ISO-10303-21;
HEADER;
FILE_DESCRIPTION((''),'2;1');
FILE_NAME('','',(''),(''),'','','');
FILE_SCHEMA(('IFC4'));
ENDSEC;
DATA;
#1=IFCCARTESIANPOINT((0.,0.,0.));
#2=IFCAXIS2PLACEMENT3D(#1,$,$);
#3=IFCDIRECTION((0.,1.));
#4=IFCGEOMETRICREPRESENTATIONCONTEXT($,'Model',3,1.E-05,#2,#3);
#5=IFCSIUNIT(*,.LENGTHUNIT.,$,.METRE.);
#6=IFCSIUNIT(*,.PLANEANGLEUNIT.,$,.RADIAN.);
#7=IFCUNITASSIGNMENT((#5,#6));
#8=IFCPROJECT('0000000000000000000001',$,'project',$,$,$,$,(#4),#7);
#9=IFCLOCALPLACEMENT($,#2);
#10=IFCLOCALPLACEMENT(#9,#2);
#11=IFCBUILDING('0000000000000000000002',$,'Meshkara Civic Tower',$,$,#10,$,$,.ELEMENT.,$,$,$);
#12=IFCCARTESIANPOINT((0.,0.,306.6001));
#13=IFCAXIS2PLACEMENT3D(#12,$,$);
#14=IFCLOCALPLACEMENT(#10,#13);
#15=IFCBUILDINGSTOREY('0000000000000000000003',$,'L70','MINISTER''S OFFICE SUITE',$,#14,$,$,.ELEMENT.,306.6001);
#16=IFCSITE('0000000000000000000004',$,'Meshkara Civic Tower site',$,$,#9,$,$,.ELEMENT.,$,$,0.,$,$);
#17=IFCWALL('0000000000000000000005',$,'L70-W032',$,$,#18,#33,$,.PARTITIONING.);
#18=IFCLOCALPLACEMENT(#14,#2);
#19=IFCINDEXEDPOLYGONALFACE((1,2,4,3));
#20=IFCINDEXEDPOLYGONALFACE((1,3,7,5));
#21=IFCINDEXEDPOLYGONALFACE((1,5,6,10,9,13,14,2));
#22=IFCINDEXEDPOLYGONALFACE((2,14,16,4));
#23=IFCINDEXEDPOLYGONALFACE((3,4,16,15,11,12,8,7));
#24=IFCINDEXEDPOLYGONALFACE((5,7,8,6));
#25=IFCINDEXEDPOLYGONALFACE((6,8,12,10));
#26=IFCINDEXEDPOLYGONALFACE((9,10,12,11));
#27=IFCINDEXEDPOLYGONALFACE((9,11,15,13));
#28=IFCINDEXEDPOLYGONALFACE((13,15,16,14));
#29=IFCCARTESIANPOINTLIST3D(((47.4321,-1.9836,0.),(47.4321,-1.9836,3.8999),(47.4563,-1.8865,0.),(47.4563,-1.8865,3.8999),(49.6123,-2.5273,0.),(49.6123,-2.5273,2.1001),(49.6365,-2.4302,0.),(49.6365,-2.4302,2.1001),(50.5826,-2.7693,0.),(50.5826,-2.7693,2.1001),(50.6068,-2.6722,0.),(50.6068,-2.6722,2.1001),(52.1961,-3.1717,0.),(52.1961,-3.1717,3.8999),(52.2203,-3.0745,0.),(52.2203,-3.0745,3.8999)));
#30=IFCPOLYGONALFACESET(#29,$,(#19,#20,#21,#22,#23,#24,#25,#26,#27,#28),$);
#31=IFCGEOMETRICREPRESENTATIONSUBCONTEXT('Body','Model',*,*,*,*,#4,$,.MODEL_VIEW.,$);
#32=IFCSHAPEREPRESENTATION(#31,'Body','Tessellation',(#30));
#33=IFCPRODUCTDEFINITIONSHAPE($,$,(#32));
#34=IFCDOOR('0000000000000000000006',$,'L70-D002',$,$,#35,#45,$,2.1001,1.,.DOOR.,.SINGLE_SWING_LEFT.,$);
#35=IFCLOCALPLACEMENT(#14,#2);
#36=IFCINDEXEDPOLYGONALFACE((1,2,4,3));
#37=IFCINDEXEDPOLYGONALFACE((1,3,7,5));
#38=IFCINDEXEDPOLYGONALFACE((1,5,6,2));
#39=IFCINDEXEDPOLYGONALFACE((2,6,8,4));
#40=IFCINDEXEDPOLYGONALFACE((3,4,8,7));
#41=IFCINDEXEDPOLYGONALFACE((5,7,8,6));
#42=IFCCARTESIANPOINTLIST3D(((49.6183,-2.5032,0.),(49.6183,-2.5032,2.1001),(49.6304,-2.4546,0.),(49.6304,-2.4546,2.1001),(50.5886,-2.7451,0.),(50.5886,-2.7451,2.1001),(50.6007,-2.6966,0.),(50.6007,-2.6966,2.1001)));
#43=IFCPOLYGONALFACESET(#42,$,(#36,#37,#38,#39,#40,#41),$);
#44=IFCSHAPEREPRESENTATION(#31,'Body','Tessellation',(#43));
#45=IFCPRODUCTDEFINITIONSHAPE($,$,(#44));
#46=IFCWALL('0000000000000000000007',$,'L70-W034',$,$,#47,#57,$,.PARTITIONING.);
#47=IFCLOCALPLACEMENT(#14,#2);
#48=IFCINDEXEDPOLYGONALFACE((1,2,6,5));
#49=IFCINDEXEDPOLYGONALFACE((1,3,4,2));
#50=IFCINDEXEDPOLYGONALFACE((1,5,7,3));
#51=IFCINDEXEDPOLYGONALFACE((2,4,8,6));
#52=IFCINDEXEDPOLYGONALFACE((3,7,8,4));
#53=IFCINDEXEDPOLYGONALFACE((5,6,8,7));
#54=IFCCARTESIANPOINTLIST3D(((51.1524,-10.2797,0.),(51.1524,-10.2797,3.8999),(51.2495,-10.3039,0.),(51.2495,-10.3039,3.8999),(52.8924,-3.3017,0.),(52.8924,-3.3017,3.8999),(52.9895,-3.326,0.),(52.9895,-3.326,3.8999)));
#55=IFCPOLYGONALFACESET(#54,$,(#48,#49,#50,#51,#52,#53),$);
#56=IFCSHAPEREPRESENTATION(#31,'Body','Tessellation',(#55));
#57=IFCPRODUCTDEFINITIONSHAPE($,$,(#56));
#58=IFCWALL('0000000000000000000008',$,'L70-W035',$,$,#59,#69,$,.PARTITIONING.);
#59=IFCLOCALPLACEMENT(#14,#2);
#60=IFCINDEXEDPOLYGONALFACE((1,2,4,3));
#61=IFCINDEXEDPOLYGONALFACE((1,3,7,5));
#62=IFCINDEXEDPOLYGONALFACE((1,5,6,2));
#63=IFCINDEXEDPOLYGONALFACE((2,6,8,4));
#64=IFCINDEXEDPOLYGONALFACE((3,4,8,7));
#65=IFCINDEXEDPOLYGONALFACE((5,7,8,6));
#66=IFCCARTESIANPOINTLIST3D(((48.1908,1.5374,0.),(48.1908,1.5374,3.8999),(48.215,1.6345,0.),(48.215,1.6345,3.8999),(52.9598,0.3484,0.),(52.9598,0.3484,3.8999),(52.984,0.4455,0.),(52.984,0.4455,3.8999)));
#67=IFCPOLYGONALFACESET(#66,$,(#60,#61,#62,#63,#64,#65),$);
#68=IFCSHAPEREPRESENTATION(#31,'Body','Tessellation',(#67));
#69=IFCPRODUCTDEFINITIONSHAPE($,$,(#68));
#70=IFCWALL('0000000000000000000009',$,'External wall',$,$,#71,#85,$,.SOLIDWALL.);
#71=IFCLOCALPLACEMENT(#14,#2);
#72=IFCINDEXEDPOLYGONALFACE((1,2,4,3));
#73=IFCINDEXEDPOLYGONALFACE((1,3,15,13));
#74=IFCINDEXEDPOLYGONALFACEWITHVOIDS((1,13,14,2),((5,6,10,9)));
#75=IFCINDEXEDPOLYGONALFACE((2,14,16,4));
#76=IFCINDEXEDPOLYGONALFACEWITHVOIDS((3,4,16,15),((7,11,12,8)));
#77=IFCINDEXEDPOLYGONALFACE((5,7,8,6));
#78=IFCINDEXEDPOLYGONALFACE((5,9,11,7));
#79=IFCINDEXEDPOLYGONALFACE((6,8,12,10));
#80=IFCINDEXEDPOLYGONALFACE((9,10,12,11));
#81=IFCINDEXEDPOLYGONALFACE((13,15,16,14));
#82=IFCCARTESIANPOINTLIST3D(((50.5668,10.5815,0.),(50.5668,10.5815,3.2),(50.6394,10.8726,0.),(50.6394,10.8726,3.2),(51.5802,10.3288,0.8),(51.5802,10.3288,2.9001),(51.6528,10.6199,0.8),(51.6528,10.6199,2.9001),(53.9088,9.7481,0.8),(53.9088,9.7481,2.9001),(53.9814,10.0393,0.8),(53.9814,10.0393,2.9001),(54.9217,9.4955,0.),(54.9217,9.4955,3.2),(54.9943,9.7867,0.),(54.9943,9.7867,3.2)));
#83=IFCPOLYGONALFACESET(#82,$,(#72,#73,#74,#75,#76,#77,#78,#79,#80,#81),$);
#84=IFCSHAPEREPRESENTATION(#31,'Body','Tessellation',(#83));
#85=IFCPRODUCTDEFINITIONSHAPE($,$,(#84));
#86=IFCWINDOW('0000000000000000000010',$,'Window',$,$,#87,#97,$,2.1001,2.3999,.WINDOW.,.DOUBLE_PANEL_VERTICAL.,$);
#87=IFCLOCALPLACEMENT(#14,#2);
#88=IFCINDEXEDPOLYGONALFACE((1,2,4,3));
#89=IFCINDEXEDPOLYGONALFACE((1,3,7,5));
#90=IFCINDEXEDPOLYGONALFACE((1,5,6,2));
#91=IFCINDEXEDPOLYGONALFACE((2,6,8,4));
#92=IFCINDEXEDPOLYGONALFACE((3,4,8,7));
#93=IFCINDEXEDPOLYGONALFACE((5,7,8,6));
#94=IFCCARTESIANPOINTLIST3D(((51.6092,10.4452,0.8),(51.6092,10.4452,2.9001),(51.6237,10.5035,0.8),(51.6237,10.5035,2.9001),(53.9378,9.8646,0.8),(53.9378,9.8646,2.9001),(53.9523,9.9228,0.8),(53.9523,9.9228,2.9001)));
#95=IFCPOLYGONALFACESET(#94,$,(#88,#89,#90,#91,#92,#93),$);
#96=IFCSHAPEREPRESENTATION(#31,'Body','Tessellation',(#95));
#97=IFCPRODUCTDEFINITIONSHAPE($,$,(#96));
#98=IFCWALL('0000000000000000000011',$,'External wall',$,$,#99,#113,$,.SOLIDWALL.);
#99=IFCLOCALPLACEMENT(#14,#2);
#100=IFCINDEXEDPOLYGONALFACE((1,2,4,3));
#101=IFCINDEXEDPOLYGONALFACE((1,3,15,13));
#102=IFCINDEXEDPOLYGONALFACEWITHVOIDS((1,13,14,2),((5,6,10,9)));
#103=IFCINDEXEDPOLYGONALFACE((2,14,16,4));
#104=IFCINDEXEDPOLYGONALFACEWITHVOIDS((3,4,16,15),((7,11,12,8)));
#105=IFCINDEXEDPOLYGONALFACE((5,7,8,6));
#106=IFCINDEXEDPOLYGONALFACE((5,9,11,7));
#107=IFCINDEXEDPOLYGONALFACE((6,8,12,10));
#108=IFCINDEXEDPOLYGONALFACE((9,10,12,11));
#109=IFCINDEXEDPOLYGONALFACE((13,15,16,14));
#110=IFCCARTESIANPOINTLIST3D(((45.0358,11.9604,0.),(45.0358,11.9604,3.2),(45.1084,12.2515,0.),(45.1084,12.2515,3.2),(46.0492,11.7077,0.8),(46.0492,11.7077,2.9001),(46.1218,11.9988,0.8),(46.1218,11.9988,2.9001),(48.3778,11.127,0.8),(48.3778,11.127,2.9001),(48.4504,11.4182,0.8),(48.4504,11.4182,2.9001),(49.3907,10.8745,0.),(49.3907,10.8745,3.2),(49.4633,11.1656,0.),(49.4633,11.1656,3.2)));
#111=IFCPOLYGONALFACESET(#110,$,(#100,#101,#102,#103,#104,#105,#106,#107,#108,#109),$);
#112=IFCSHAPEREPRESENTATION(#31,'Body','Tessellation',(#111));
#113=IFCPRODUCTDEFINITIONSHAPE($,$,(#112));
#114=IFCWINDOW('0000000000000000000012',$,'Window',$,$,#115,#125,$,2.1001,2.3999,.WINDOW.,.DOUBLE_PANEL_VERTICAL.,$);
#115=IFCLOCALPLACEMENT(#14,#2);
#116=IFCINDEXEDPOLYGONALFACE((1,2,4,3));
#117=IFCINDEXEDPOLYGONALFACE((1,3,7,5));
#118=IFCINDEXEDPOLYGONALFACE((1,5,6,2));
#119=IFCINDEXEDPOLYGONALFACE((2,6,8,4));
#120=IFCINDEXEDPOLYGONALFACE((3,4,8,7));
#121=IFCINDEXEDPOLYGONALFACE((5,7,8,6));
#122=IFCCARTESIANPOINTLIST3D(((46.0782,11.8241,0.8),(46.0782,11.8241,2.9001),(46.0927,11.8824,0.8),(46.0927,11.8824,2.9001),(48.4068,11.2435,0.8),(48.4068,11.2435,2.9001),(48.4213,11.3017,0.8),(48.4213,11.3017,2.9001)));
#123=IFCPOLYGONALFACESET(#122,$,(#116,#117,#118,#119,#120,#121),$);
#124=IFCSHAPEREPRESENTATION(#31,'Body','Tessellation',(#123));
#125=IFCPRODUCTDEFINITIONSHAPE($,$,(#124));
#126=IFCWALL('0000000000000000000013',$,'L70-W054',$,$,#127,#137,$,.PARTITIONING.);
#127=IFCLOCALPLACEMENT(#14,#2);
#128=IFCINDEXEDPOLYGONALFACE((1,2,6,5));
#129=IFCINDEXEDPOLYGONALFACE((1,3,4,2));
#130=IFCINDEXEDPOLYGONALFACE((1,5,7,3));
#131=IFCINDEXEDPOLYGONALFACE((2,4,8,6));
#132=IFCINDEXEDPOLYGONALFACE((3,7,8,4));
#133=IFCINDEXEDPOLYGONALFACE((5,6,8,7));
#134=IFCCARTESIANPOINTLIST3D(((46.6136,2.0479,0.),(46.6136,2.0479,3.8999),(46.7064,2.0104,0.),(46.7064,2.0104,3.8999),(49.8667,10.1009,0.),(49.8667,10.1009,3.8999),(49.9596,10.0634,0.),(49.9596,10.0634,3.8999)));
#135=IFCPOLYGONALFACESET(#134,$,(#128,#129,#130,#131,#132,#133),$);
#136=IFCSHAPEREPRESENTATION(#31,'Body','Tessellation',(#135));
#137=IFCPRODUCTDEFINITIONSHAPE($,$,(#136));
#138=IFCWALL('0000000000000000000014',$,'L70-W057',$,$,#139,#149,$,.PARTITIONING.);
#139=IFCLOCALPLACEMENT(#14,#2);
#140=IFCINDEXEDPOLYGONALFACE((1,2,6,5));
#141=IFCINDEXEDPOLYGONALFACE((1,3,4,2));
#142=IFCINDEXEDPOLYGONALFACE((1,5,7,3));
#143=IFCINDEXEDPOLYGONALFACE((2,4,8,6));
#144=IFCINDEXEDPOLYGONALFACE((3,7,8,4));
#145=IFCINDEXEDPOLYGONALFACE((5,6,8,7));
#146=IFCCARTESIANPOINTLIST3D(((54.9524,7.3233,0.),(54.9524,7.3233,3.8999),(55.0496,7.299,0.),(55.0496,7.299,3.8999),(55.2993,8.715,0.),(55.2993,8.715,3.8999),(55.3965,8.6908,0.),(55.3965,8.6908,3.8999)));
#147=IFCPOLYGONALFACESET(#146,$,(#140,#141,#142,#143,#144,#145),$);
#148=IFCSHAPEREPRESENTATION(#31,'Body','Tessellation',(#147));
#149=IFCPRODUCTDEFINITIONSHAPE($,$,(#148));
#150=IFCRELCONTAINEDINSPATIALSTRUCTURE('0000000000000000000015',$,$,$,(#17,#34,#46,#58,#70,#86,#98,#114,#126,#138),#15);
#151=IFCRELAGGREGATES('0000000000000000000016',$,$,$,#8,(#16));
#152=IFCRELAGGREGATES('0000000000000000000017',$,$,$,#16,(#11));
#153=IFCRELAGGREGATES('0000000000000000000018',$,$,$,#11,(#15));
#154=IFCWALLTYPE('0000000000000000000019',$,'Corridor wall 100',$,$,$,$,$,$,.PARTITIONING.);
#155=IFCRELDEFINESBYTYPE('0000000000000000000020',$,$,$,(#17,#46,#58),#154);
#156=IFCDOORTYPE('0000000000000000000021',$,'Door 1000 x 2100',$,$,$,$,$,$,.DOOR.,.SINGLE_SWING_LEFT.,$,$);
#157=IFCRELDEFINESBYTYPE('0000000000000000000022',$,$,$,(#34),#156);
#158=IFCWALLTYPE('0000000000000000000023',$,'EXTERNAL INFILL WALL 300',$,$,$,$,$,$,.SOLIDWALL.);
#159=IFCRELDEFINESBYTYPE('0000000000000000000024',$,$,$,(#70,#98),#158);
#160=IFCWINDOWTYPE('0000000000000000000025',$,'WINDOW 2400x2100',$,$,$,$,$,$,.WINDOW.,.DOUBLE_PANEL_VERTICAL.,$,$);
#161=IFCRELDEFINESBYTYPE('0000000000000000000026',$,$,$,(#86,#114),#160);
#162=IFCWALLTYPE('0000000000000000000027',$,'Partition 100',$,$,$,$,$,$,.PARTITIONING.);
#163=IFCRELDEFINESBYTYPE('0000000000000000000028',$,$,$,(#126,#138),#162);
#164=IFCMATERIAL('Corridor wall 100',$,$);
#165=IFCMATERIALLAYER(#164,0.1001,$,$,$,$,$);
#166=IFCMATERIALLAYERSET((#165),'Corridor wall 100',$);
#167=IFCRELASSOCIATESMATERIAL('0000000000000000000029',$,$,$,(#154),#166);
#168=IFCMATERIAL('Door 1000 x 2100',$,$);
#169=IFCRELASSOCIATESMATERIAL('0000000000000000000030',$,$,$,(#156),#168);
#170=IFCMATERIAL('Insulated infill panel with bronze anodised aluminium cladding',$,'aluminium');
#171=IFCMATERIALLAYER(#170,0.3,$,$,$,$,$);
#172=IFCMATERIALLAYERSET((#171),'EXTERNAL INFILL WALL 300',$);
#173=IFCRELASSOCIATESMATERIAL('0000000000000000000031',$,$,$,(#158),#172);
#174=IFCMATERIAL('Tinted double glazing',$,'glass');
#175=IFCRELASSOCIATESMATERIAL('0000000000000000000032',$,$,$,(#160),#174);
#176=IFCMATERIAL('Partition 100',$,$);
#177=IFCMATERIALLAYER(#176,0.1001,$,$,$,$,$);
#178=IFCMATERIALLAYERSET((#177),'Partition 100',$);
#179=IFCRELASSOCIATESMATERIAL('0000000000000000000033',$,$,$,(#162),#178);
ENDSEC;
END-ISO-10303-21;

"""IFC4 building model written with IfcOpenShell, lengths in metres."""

from ifc_helpers import new_model, si_unit, direction, frame, frame_2d, origin, place, context, subcontext, project, spatial, rectangle, extrude, material, layer, layer_set, type_object, element, fill, save


model = new_model("IFC4")

# Units and contexts
model_context = context("Model", 3, precision=1e-05, world=origin(), true_north=direction((0.0, 1.0)))
body_context = subcontext(model_context, "Body", "Model", "MODEL_VIEW")
ifc_project = project(units=[si_unit("LENGTHUNIT", "METRE"), si_unit("PLANEANGLEUNIT", "RADIAN")], contexts=[model_context])

# Site, building, storey
site_placement = place(None, origin())
site = spatial("IfcSite", under=ifc_project, at=site_placement, Name="Meshkara Civic Tower site", CompositionType="ELEMENT", RefElevation=0.0)
building_placement = place(site_placement, origin())
building = spatial("IfcBuilding", under=site, at=building_placement, Name="Meshkara Civic Tower", CompositionType="ELEMENT")
storey_placement = place(building_placement, frame((0.0, 0.0, 306.6001)))
storey = spatial("IfcBuildingStorey", under=building, at=storey_placement, Name="L70", Description="MINISTER'S OFFICE SUITE", CompositionType="ELEMENT", Elevation=306.6001)

# Shared definitions
ifc_material_1 = material(Name="Corridor wall 100")
ifc_layer_1 = layer(ifc_material_1, 0.1001)
ifc_layer_set_1 = layer_set([ifc_layer_1], Name="Corridor wall 100")
wall_type_1 = type_object("IfcWallType", Name="Corridor wall 100", PredefinedType="PARTITIONING", material=ifc_layer_set_1)

# Wall, opening, door
ifc_material_2 = material(Name="Door 1000 x 2100")
door_type = type_object("IfcDoorType", Name="Door 1000 x 2100", OperationType="SINGLE_SWING_LEFT", PredefinedType="DOOR", material=ifc_material_2)
wall_1_placement = place(storey_placement, frame((47.4441, -1.9351, 0.0), z_axis=(0.0, 0.0, 1.0), x_axis=(0.970286, -0.241962, 0.0)))
wall_1 = element("IfcWall", 1, at=wall_1_placement, inside=storey, type_object=wall_type_1, Name="L70-W032", PredefinedType="PARTITIONING", context=body_context, shape_type="SweptSolid", body=[
    extrude(rectangle(XDim=4.9099, YDim=0.1001, at=frame_2d((2.4551, 0.0))), origin(), (0.0, 0.0, 1.0), 3.8999),
])
opening_1_placement = place(wall_1_placement, frame((2.2471, 0.0, 0.0)))
opening_1 = element("IfcOpeningElement", 2, at=opening_1_placement, cuts=wall_1, PredefinedType="OPENING", context=body_context, shape_type="SweptSolid", body=[
    extrude(rectangle(XDim=1.0, YDim=2.1001, at=frame_2d((0.5, 1.05))), frame((0.0, 0.0601, 0.0), z_axis=(0.0, -1.0, 0.0), x_axis=(1.0, 0.0, 0.0)), (0.0, 0.0, 1.0), 0.1201),
])
door_1_placement = place(opening_1_placement, origin())
door_1 = element("IfcDoor", 3, at=door_1_placement, inside=storey, type_object=door_type, Name="L70-D002", OperationType="SINGLE_SWING_LEFT", OverallHeight=2.1001, OverallWidth=1.0, PredefinedType="DOOR", context=body_context, shape_type="SweptSolid", body=[
    extrude(rectangle(XDim=1.0, YDim=2.1001, at=frame_2d((0.5, 1.05))), frame((0.0, 0.0249, 0.0), z_axis=(0.0, -1.0, 0.0), x_axis=(1.0, 0.0, 0.0)), (0.0, 0.0, 1.0), 0.05),
])
fill(opening_1, door_1)

# Walls
wall_2_placement = place(storey_placement, frame((52.9409, -3.314, 0.0), z_axis=(0.0, 0.0, 1.0), x_axis=(-0.241944, -0.97029, 0.0)))
element("IfcWall", 4, at=wall_2_placement, inside=storey, type_object=wall_type_1, Name="L70-W034", PredefinedType="PARTITIONING", context=body_context, shape_type="SweptSolid", body=[
    extrude(rectangle(XDim=7.1917, YDim=0.1001, at=frame_2d((3.5957, 0.0))), origin(), (0.0, 0.0, 1.0), 3.8999),
])
wall_3_placement = place(storey_placement, frame((52.9719, 0.397, 0.0), z_axis=(0.0, 0.0, 1.0), x_axis=(-0.9703, 0.241904, 0.0)))
element("IfcWall", 5, at=wall_3_placement, inside=storey, type_object=wall_type_1, Name="L70-W035", PredefinedType="PARTITIONING", context=body_context, shape_type="SweptSolid", body=[
    extrude(rectangle(XDim=4.915, YDim=0.1001, at=frame_2d((2.4575, 0.0))), origin(), (0.0, 0.0, 1.0), 3.8999),
])

# Walls, openings, windows
ifc_material_3 = material(Name="Insulated infill panel with bronze anodised aluminium cladding", Category="aluminium")
ifc_layer_2 = layer(ifc_material_3, 0.3)
ifc_layer_set_2 = layer_set([ifc_layer_2], Name="EXTERNAL INFILL WALL 300")
wall_type_2 = type_object("IfcWallType", Name="EXTERNAL INFILL WALL 300", PredefinedType="SOLIDWALL", material=ifc_layer_set_2)
wall_4_placement = place(storey_placement, frame((54.958, 9.6411, 0.0), z_axis=(0.0, 0.0, 1.0), x_axis=(-0.97029, 0.241947, 0.0)))
wall_4 = element("IfcWall", 6, at=wall_4_placement, inside=storey, type_object=wall_type_2, Name="External wall", PredefinedType="SOLIDWALL", context=body_context, shape_type="SweptSolid", body=[
    extrude(rectangle(XDim=4.4883, YDim=0.3, at=frame_2d((2.2441, 0.0))), origin(), (0.0, 0.0, 1.0), 3.2),
])
opening_2_placement = place(wall_4_placement, frame((1.0439, 0.0, 0.8)))
opening_2 = element("IfcOpeningElement", 7, at=opening_2_placement, cuts=wall_4, PredefinedType="OPENING", context=body_context, shape_type="SweptSolid", body=[
    extrude(rectangle(XDim=2.3999, YDim=2.1001, at=frame_2d((1.2, 1.05))), frame((0.0, 0.1599, 0.0), z_axis=(0.0, -1.0, 0.0), x_axis=(1.0, 0.0, 0.0)), (0.0, 0.0, 1.0), 0.3201),
])
ifc_material_4 = material(Name="Tinted double glazing", Category="glass")
window_type = type_object("IfcWindowType", Name="WINDOW 2400x2100", PartitioningType="DOUBLE_PANEL_VERTICAL", PredefinedType="WINDOW", material=ifc_material_4)
window_1_placement = place(opening_2_placement, origin())
window_1 = element("IfcWindow", 8, at=window_1_placement, inside=storey, type_object=window_type, Name="Window", OverallHeight=2.1001, OverallWidth=2.3999, PartitioningType="DOUBLE_PANEL_VERTICAL", PredefinedType="WINDOW", context=body_context, shape_type="SweptSolid", body=[
    extrude(rectangle(XDim=2.3999, YDim=2.1001, at=frame_2d((1.2, 1.05))), frame((0.0, 0.03, 0.0), z_axis=(0.0, -1.0, 0.0), x_axis=(1.0, 0.0, 0.0)), (0.0, 0.0, 1.0), 0.0601),
])
fill(opening_2, window_1)
wall_5_placement = place(storey_placement, frame((49.427, 11.02, 0.0), z_axis=(0.0, 0.0, 1.0), x_axis=(-0.97029, 0.241947, 0.0)))
wall_5 = element("IfcWall", 9, at=wall_5_placement, inside=storey, type_object=wall_type_2, Name="External wall", PredefinedType="SOLIDWALL", context=body_context, shape_type="SweptSolid", body=[
    extrude(rectangle(XDim=4.4883, YDim=0.3, at=frame_2d((2.2441, 0.0))), origin(), (0.0, 0.0, 1.0), 3.2),
])
opening_3_placement = place(wall_5_placement, frame((1.0439, 0.0, 0.8)))
opening_3 = element("IfcOpeningElement", 10, at=opening_3_placement, cuts=wall_5, PredefinedType="OPENING", context=body_context, shape_type="SweptSolid", body=[
    extrude(rectangle(XDim=2.3999, YDim=2.1001, at=frame_2d((1.2, 1.05))), frame((0.0, 0.1599, 0.0), z_axis=(0.0, -1.0, 0.0), x_axis=(1.0, 0.0, 0.0)), (0.0, 0.0, 1.0), 0.3201),
])
window_2_placement = place(opening_3_placement, origin())
window_2 = element("IfcWindow", 11, at=window_2_placement, inside=storey, type_object=window_type, Name="Window", OverallHeight=2.1001, OverallWidth=2.3999, PartitioningType="DOUBLE_PANEL_VERTICAL", PredefinedType="WINDOW", context=body_context, shape_type="SweptSolid", body=[
    extrude(rectangle(XDim=2.3999, YDim=2.1001, at=frame_2d((1.2, 1.05))), frame((0.0, 0.03, 0.0), z_axis=(0.0, -1.0, 0.0), x_axis=(1.0, 0.0, 0.0)), (0.0, 0.0, 1.0), 0.0601),
])
fill(opening_3, window_2)

# Walls
ifc_material_5 = material(Name="Partition 100")
ifc_layer_3 = layer(ifc_material_5, 0.1001)
ifc_layer_set_3 = layer_set([ifc_layer_3], Name="Partition 100")
wall_type_3 = type_object("IfcWallType", Name="Partition 100", PredefinedType="PARTITIONING", material=ifc_layer_set_3)
wall_6_placement = place(storey_placement, frame((46.6599, 2.0291, 0.0), z_axis=(0.0, 0.0, 1.0), x_axis=(0.374563, 0.927201, 0.0)))
element("IfcWall", 12, at=wall_6_placement, inside=storey, type_object=wall_type_3, Name="L70-W054", PredefinedType="PARTITIONING", context=body_context, shape_type="SweptSolid", body=[
    extrude(rectangle(XDim=8.6853, YDim=0.1001, at=frame_2d((4.3428, 0.0))), origin(), (0.0, 0.0, 1.0), 3.8999),
])
wall_7_placement = place(storey_placement, frame((55.001, 7.311, 0.0), z_axis=(0.0, 0.0, 1.0), x_axis=(0.241855, 0.970312, 0.0)))
element("IfcWall", 13, at=wall_7_placement, inside=storey, type_object=wall_type_3, Name="L70-W057", PredefinedType="PARTITIONING", context=body_context, shape_type="SweptSolid", body=[
    extrude(rectangle(XDim=1.4343, YDim=0.1001, at=frame_2d((0.7173, 0.0))), origin(), (0.0, 0.0, 1.0), 3.8999),
])

save(model, "model.ifc")
